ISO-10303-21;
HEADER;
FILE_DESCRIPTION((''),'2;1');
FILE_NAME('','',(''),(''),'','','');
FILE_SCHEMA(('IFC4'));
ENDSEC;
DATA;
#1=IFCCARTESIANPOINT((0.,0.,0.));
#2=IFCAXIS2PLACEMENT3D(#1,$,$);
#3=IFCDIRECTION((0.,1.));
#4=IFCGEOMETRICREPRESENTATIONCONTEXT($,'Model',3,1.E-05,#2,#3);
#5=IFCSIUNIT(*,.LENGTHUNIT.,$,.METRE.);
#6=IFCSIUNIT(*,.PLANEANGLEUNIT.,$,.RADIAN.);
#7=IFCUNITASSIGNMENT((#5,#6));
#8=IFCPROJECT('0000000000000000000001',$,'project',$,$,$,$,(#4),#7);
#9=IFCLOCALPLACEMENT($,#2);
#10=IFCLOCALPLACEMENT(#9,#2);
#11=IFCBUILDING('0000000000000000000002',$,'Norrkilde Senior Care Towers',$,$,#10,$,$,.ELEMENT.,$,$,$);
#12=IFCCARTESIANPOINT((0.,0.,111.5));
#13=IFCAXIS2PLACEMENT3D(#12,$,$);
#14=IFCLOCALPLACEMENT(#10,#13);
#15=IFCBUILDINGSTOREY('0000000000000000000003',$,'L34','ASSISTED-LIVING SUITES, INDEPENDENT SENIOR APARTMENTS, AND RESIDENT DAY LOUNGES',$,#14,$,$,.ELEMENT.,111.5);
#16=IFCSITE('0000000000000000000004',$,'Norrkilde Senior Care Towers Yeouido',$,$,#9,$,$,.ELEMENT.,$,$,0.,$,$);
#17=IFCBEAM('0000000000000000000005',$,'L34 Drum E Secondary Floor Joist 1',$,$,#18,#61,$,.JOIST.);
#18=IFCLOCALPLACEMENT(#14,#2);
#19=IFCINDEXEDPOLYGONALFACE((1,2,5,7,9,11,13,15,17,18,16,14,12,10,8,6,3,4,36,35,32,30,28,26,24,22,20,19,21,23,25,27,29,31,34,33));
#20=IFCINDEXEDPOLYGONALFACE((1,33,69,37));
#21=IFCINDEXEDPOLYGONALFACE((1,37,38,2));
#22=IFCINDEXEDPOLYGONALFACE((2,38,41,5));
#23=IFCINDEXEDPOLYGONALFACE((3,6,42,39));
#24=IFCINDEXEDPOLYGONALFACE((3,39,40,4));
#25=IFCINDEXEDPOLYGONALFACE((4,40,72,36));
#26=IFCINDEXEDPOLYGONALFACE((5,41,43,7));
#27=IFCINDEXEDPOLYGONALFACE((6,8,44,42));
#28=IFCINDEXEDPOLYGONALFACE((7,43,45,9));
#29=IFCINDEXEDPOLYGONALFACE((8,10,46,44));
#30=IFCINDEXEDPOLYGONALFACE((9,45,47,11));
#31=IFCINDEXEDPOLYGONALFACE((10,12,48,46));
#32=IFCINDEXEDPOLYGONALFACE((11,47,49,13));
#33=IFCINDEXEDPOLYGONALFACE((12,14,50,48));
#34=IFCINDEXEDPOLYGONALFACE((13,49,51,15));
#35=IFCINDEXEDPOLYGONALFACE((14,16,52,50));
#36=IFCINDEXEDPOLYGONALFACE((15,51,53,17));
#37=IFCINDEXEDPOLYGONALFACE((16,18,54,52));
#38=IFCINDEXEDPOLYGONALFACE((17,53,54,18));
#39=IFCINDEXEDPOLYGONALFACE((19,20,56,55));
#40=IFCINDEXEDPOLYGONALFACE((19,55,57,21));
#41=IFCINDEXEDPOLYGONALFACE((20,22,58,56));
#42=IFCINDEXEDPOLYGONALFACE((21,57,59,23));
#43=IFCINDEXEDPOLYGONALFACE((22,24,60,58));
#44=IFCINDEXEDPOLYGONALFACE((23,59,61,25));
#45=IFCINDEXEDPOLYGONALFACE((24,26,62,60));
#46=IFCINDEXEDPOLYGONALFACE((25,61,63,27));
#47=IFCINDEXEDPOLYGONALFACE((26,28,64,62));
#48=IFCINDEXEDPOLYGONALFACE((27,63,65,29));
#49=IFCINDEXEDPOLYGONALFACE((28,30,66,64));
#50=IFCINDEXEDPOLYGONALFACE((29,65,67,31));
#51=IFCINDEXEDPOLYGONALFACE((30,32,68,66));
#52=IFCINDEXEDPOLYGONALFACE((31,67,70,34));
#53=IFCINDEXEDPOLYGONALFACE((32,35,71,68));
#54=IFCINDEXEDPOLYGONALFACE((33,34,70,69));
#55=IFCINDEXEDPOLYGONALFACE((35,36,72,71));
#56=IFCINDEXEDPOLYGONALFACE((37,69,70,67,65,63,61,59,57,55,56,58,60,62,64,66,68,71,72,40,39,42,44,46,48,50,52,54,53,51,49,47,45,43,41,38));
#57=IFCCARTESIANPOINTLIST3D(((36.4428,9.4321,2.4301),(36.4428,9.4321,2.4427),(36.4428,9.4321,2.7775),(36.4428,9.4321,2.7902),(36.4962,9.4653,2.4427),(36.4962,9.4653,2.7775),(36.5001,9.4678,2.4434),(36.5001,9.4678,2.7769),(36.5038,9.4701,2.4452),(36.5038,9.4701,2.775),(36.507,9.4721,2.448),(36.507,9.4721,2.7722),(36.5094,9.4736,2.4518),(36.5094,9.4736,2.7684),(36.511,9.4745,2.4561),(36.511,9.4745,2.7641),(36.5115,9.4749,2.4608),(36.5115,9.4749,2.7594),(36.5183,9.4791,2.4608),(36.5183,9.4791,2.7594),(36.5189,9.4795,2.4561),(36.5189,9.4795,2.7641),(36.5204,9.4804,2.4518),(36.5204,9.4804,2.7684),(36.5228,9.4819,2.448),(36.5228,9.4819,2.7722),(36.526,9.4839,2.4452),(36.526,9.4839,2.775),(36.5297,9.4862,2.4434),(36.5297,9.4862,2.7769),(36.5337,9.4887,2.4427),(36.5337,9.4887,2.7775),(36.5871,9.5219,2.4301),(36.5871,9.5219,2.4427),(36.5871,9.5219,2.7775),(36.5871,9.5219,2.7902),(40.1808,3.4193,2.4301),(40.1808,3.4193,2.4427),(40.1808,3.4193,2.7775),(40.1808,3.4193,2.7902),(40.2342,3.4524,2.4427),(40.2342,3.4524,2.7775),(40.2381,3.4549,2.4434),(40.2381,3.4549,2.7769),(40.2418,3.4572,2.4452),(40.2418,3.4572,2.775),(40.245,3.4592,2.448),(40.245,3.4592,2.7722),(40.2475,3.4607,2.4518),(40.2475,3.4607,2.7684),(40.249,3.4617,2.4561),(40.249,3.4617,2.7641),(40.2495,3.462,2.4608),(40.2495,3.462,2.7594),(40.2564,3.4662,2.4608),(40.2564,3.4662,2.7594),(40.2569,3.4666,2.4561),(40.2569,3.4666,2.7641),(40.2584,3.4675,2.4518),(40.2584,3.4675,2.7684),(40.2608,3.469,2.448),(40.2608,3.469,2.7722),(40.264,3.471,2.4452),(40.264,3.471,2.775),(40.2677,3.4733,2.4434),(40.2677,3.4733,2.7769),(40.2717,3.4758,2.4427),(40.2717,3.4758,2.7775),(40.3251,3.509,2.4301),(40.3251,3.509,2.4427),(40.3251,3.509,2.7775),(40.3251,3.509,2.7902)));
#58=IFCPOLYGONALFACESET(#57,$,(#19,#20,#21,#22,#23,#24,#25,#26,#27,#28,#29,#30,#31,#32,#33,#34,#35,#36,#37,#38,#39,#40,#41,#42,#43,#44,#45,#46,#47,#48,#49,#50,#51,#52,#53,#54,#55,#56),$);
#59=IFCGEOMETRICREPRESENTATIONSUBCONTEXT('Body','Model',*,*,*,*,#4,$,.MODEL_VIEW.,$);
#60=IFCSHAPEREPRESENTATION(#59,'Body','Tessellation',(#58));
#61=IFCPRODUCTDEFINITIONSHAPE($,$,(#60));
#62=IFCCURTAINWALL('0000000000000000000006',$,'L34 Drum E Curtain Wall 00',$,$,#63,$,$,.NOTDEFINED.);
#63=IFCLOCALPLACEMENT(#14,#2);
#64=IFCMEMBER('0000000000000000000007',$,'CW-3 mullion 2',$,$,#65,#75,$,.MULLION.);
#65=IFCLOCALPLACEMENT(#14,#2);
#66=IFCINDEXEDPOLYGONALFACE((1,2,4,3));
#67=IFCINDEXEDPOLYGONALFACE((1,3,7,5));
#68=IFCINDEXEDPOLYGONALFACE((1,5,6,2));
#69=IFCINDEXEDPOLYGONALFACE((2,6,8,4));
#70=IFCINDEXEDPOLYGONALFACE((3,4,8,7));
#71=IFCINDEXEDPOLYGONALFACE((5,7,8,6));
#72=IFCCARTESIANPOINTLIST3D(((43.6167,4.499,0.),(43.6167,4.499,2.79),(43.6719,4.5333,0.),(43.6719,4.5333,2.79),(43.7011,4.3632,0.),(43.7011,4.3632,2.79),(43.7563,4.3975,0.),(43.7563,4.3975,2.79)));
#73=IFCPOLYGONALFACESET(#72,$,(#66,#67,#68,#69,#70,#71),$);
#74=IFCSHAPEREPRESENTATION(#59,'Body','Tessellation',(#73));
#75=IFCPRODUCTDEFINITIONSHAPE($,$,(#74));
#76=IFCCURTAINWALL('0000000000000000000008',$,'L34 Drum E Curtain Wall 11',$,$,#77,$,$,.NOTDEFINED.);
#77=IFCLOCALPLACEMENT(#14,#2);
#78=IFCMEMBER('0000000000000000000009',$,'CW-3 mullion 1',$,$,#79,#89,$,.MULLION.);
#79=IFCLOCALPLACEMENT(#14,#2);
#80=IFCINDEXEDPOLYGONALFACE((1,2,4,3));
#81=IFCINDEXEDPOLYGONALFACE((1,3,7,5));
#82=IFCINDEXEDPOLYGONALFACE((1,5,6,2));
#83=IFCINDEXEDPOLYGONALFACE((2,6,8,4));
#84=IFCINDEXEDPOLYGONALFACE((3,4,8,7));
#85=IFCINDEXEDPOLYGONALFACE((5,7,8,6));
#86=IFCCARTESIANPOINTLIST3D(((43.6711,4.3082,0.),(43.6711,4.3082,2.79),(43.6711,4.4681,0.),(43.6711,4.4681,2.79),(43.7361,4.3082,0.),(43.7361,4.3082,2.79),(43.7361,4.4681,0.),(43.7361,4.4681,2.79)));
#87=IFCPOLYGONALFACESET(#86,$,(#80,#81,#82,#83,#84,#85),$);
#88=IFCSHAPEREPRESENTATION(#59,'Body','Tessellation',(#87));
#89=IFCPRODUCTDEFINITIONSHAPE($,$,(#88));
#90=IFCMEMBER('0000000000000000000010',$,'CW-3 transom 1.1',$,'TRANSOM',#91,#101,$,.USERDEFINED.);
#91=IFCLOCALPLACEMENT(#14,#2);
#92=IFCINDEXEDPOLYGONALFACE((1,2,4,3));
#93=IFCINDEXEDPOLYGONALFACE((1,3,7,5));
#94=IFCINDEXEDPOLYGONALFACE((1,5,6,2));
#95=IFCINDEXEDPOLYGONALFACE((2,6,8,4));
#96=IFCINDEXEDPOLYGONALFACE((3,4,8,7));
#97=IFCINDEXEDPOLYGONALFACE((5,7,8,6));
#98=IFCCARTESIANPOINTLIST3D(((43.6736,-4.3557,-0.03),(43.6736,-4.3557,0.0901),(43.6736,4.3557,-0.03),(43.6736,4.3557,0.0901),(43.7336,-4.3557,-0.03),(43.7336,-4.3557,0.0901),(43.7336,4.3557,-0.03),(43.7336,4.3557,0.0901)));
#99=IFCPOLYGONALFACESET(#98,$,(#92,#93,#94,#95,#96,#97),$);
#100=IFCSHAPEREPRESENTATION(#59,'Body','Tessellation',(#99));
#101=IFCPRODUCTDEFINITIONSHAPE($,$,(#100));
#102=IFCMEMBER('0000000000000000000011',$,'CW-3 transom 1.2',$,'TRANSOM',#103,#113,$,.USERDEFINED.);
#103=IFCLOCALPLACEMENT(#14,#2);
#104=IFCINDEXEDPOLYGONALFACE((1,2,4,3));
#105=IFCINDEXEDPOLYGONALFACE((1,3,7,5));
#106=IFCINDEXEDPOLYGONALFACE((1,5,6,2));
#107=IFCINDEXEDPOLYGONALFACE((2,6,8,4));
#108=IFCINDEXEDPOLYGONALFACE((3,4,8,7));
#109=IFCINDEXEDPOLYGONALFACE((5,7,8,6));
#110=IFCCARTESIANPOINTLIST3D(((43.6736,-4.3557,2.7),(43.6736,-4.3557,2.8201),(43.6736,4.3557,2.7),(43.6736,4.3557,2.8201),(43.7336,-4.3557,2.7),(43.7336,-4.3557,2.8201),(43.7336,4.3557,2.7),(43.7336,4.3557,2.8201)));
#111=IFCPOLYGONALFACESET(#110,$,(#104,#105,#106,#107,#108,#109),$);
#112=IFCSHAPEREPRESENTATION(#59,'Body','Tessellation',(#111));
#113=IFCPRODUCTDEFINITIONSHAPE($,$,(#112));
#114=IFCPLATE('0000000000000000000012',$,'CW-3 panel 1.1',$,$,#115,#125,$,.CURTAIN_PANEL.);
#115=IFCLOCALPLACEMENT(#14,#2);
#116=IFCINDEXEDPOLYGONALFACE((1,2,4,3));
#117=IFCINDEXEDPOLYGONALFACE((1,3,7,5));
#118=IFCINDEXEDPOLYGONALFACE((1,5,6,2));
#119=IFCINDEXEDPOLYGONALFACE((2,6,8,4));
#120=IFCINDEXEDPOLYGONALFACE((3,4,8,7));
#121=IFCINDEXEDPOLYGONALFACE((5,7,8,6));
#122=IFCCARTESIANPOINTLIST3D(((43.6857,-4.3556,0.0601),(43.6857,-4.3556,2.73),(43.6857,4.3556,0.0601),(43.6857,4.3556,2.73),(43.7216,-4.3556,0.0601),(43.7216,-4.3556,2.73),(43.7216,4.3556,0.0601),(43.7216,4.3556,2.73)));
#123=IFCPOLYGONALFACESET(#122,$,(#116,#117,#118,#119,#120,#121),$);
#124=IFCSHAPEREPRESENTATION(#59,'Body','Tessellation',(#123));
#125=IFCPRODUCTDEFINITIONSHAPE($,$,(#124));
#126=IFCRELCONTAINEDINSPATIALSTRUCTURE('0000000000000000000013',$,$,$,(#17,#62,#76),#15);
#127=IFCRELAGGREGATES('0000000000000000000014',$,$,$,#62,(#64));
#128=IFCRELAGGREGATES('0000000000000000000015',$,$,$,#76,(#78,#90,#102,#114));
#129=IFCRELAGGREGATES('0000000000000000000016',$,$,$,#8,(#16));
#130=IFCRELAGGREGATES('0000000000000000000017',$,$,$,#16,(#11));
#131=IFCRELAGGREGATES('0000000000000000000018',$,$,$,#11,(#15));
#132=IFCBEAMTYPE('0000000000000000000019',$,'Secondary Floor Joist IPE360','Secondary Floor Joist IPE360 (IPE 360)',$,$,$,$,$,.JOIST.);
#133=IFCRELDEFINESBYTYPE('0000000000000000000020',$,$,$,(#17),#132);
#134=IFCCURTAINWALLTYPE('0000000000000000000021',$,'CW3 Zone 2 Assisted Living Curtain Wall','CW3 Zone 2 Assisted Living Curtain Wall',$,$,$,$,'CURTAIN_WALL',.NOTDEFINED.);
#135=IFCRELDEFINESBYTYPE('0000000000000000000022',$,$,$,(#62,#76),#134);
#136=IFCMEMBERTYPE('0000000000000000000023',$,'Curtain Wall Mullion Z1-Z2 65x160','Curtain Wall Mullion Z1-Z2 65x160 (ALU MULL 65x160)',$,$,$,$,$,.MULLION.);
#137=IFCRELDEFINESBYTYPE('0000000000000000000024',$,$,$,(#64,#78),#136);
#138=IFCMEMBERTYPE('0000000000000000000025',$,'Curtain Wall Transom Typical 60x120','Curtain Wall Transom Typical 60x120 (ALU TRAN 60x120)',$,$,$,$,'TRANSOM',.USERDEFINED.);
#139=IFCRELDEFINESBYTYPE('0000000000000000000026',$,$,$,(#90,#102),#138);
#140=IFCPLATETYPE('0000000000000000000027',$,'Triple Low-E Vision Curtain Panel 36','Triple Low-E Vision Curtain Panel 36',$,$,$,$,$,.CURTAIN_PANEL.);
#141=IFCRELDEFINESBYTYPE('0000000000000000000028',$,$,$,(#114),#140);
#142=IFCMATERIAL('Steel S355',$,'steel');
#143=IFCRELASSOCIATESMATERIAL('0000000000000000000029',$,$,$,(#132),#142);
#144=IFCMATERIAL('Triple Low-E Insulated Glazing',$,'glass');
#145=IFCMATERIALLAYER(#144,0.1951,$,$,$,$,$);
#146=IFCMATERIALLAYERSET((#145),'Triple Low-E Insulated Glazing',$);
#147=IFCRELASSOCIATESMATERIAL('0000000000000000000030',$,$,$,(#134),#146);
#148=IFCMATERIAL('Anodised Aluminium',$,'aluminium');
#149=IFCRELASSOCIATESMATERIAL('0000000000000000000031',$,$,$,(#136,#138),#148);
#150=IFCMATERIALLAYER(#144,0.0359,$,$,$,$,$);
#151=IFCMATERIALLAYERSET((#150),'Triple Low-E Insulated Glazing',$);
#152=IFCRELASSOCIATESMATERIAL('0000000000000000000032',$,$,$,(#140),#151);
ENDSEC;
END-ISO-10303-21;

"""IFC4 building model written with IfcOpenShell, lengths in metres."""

from ifc_helpers import new_model, si_unit, direction, frame, origin, origin_2d, place, context, subcontext, project, spatial, rectangle, i_section, extrude, source, transform, mapped, material, layer, layer_set, material_profile, profile_set, type_object, type_shapes, element, aggregate, save


model = new_model("IFC4")

# Units and contexts
model_context = context("Model", 3, precision=1e-05, world=origin(), true_north=direction((0.0, 1.0)))
body_context = subcontext(model_context, "Body", "Model", "MODEL_VIEW")
ifc_project = project(units=[si_unit("LENGTHUNIT", "METRE"), si_unit("PLANEANGLEUNIT", "RADIAN")], contexts=[model_context])

# Site, building, storey
site_placement = place(None, origin())
site = spatial("IfcSite", under=ifc_project, at=site_placement, Name="Norrkilde Senior Care Towers Yeouido", CompositionType="ELEMENT", RefElevation=0.0)
building_placement = place(site_placement, origin())
building = spatial("IfcBuilding", under=site, at=building_placement, Name="Norrkilde Senior Care Towers", CompositionType="ELEMENT")
storey_placement = place(building_placement, frame((0.0, 0.0, 111.5)))
storey = spatial("IfcBuildingStorey", under=building, at=storey_placement, Name="L34", Description="ASSISTED-LIVING SUITES, INDEPENDENT SENIOR APARTMENTS, AND RESIDENT DAY LOUNGES", CompositionType="ELEMENT", Elevation=111.5)

# Beam
ifc_material_1 = material(Name="Steel S355", Category="steel")
ifc_material_profile_1 = material_profile(ifc_material_1, i_section(OverallWidth=0.1699, OverallDepth=0.3601, WebThickness=0.0081, FlangeThickness=0.0127, FilletRadius=0.0181, at=origin_2d()), Name="IPE 360")
ifc_profile_set_1 = profile_set([ifc_material_profile_1], Name="Steel S355")
beam_type_1 = type_object("IfcBeamType", Name="Secondary Floor Joist IPE360", Description="Secondary Floor Joist IPE360 (IPE 360)", PredefinedType="JOIST", material=ifc_profile_set_1)
shared_shape_1 = source(origin(), body_context, "Body", "SweptSolid", [
    extrude(i_section(OverallWidth=0.1699, OverallDepth=0.3601, WebThickness=0.0081, FlangeThickness=0.0127, FilletRadius=0.0181, at=origin_2d()), origin(), (0.0, 0.0, 1.0), 7.0801),
])
type_shapes(beam_type_1, [shared_shape_1])
beam_1_placement = place(storey_placement, frame((40.2529, 3.4641, 2.6101), z_axis=(-0.527961, 0.849269, 0.0), x_axis=(-0.849269, -0.527961, 0.0)))
element("IfcBeam", 1, at=beam_1_placement, inside=storey, type_object=beam_type_1, Name="L34 Drum E Secondary Floor Joist 1", PredefinedType="JOIST", context=body_context, shape_type="MappedRepresentation", body=[
    mapped(shared_shape_1, transform((0.0, 0.0, 0.0), x_axis=(1.0, 0.0, 0.0), y_axis=(0.0, 1.0, 0.0), z_axis=(0.0, 0.0, 1.0), scale=1.0)),
])

# Curtain wall, member
ifc_material_2 = material(Name="Triple Low-E Insulated Glazing", Category="glass")
ifc_layer_1 = layer(ifc_material_2, 0.1951)
ifc_layer_set_1 = layer_set([ifc_layer_1], Name="Triple Low-E Insulated Glazing")
curtain_wall_type = type_object("IfcCurtainWallType", Name="CW3 Zone 2 Assisted Living Curtain Wall", Description="CW3 Zone 2 Assisted Living Curtain Wall", ElementType="CURTAIN_WALL", PredefinedType="NOTDEFINED", material=ifc_layer_set_1)
curtain_wall_1_placement = place(storey_placement, origin())
curtain_wall_1 = element("IfcCurtainWall", 2, at=curtain_wall_1_placement, inside=storey, type_object=curtain_wall_type, Name="L34 Drum E Curtain Wall 00", PredefinedType="NOTDEFINED")
ifc_material_3 = material(Name="Anodised Aluminium", Category="aluminium")
ifc_material_profile_2 = material_profile(ifc_material_3, rectangle(XDim=0.0649, YDim=0.1599, at=origin_2d()), Name="ALU MULL 65x160")
ifc_profile_set_2 = profile_set([ifc_material_profile_2], Name="Anodised Aluminium")
member_type_1 = type_object("IfcMemberType", Name="Curtain Wall Mullion Z1-Z2 65x160", Description="Curtain Wall Mullion Z1-Z2 65x160 (ALU MULL 65x160)", PredefinedType="MULLION", material=ifc_profile_set_2)
shared_shape_2 = source(origin(), body_context, "Body", "SweptSolid", [
    extrude(rectangle(XDim=0.0649, YDim=0.1599, at=origin_2d()), origin(), (0.0, 0.0, 1.0), 2.79),
])
type_shapes(member_type_1, [shared_shape_2])
member_1_placement = place(storey_placement, frame((43.6865, 4.4482, 0.0), z_axis=(0.0, 0.0, 1.0), x_axis=(0.84941, 0.527733, 0.0)))
member_1 = element("IfcMember", 3, at=member_1_placement, type_object=member_type_1, Name="CW-3 mullion 2", PredefinedType="MULLION", context=body_context, shape_type="MappedRepresentation", body=[
    mapped(shared_shape_2, transform((0.0, 0.0, 0.0), x_axis=(1.0, 0.0, 0.0), y_axis=(0.0, 1.0, 0.0), z_axis=(0.0, 0.0, 1.0), scale=1.0)),
])
aggregate(curtain_wall_1, [member_1])

# Curtain wall, members, plate
curtain_wall_2_placement = place(storey_placement, origin())
curtain_wall_2 = element("IfcCurtainWall", 4, at=curtain_wall_2_placement, inside=storey, type_object=curtain_wall_type, Name="L34 Drum E Curtain Wall 11", PredefinedType="NOTDEFINED")
member_2_placement = place(storey_placement, frame((43.7036, 4.3882, 0.0), z_axis=(0.0, 0.0, 1.0), x_axis=(1.0, 0.0, 0.0)))
member_2 = element("IfcMember", 5, at=member_2_placement, type_object=member_type_1, Name="CW-3 mullion 1", PredefinedType="MULLION", context=body_context, shape_type="MappedRepresentation", body=[
    mapped(shared_shape_2, transform((0.0, 0.0, 0.0), x_axis=(1.0, 0.0, 0.0), y_axis=(0.0, 1.0, 0.0), z_axis=(0.0, 0.0, 1.0), scale=1.0)),
])
ifc_material_profile_3 = material_profile(ifc_material_3, rectangle(XDim=0.0601, YDim=0.1201, at=origin_2d()), Name="ALU TRAN 60x120")
ifc_profile_set_3 = profile_set([ifc_material_profile_3], Name="Anodised Aluminium")
member_type_2 = type_object("IfcMemberType", Name="Curtain Wall Transom Typical 60x120", Description="Curtain Wall Transom Typical 60x120 (ALU TRAN 60x120)", ElementType="TRANSOM", PredefinedType="USERDEFINED", material=ifc_profile_set_3)
shared_shape_3 = source(origin(), body_context, "Body", "SweptSolid", [
    extrude(rectangle(XDim=0.0601, YDim=0.1201, at=origin_2d()), origin(), (0.0, 0.0, 1.0), 8.7114),
])
type_shapes(member_type_2, [shared_shape_3])
member_3_placement = place(storey_placement, frame((43.7036, 4.3557, 0.03), z_axis=(0.0, -1.0, 0.0), x_axis=(1.0, 0.0, 0.0)))
member_3 = element("IfcMember", 6, at=member_3_placement, type_object=member_type_2, Name="CW-3 transom 1.1", ObjectType="TRANSOM", PredefinedType="USERDEFINED", context=body_context, shape_type="MappedRepresentation", body=[
    mapped(shared_shape_3, transform((0.0, 0.0, 0.0), x_axis=(1.0, 0.0, 0.0), y_axis=(0.0, 1.0, 0.0), z_axis=(0.0, 0.0, 1.0), scale=1.0)),
])
member_4_placement = place(storey_placement, frame((43.7036, 4.3557, 2.76), z_axis=(0.0, -1.0, 0.0), x_axis=(1.0, 0.0, 0.0)))
member_4 = element("IfcMember", 7, at=member_4_placement, type_object=member_type_2, Name="CW-3 transom 1.2", ObjectType="TRANSOM", PredefinedType="USERDEFINED", context=body_context, shape_type="MappedRepresentation", body=[
    mapped(shared_shape_3, transform((0.0, 0.0, 0.0), x_axis=(1.0, 0.0, 0.0), y_axis=(0.0, 1.0, 0.0), z_axis=(0.0, 0.0, 1.0), scale=1.0)),
])
ifc_layer_2 = layer(ifc_material_2, 0.0359)
ifc_layer_set_2 = layer_set([ifc_layer_2], Name="Triple Low-E Insulated Glazing")
plate_type = type_object("IfcPlateType", Name="Triple Low-E Vision Curtain Panel 36", Description="Triple Low-E Vision Curtain Panel 36", PredefinedType="CURTAIN_PANEL", material=ifc_layer_set_2)
shared_shape_4 = source(origin(), body_context, "Body", "SweptSolid", [
    extrude(rectangle(XDim=8.7112, YDim=0.0359, at=origin_2d()), origin(), (0.0, 0.0, 1.0), 2.6699),
])
type_shapes(plate_type, [shared_shape_4])
plate_placement = place(storey_placement, frame((43.7036, 0.0, 0.0601), z_axis=(0.0, 0.0, 1.0), x_axis=(0.0, -1.0, 0.0)))
plate = element("IfcPlate", 8, at=plate_placement, type_object=plate_type, Name="CW-3 panel 1.1", PredefinedType="CURTAIN_PANEL", context=body_context, shape_type="MappedRepresentation", body=[
    mapped(shared_shape_4, transform((0.0, 0.0, 0.0), x_axis=(1.0, 0.0, 0.0), y_axis=(0.0, 1.0, 0.0), z_axis=(0.0, 0.0, 1.0), scale=1.0)),
])
aggregate(curtain_wall_2, [member_2, member_3, member_4, plate])

save(model, "model.ifc")
